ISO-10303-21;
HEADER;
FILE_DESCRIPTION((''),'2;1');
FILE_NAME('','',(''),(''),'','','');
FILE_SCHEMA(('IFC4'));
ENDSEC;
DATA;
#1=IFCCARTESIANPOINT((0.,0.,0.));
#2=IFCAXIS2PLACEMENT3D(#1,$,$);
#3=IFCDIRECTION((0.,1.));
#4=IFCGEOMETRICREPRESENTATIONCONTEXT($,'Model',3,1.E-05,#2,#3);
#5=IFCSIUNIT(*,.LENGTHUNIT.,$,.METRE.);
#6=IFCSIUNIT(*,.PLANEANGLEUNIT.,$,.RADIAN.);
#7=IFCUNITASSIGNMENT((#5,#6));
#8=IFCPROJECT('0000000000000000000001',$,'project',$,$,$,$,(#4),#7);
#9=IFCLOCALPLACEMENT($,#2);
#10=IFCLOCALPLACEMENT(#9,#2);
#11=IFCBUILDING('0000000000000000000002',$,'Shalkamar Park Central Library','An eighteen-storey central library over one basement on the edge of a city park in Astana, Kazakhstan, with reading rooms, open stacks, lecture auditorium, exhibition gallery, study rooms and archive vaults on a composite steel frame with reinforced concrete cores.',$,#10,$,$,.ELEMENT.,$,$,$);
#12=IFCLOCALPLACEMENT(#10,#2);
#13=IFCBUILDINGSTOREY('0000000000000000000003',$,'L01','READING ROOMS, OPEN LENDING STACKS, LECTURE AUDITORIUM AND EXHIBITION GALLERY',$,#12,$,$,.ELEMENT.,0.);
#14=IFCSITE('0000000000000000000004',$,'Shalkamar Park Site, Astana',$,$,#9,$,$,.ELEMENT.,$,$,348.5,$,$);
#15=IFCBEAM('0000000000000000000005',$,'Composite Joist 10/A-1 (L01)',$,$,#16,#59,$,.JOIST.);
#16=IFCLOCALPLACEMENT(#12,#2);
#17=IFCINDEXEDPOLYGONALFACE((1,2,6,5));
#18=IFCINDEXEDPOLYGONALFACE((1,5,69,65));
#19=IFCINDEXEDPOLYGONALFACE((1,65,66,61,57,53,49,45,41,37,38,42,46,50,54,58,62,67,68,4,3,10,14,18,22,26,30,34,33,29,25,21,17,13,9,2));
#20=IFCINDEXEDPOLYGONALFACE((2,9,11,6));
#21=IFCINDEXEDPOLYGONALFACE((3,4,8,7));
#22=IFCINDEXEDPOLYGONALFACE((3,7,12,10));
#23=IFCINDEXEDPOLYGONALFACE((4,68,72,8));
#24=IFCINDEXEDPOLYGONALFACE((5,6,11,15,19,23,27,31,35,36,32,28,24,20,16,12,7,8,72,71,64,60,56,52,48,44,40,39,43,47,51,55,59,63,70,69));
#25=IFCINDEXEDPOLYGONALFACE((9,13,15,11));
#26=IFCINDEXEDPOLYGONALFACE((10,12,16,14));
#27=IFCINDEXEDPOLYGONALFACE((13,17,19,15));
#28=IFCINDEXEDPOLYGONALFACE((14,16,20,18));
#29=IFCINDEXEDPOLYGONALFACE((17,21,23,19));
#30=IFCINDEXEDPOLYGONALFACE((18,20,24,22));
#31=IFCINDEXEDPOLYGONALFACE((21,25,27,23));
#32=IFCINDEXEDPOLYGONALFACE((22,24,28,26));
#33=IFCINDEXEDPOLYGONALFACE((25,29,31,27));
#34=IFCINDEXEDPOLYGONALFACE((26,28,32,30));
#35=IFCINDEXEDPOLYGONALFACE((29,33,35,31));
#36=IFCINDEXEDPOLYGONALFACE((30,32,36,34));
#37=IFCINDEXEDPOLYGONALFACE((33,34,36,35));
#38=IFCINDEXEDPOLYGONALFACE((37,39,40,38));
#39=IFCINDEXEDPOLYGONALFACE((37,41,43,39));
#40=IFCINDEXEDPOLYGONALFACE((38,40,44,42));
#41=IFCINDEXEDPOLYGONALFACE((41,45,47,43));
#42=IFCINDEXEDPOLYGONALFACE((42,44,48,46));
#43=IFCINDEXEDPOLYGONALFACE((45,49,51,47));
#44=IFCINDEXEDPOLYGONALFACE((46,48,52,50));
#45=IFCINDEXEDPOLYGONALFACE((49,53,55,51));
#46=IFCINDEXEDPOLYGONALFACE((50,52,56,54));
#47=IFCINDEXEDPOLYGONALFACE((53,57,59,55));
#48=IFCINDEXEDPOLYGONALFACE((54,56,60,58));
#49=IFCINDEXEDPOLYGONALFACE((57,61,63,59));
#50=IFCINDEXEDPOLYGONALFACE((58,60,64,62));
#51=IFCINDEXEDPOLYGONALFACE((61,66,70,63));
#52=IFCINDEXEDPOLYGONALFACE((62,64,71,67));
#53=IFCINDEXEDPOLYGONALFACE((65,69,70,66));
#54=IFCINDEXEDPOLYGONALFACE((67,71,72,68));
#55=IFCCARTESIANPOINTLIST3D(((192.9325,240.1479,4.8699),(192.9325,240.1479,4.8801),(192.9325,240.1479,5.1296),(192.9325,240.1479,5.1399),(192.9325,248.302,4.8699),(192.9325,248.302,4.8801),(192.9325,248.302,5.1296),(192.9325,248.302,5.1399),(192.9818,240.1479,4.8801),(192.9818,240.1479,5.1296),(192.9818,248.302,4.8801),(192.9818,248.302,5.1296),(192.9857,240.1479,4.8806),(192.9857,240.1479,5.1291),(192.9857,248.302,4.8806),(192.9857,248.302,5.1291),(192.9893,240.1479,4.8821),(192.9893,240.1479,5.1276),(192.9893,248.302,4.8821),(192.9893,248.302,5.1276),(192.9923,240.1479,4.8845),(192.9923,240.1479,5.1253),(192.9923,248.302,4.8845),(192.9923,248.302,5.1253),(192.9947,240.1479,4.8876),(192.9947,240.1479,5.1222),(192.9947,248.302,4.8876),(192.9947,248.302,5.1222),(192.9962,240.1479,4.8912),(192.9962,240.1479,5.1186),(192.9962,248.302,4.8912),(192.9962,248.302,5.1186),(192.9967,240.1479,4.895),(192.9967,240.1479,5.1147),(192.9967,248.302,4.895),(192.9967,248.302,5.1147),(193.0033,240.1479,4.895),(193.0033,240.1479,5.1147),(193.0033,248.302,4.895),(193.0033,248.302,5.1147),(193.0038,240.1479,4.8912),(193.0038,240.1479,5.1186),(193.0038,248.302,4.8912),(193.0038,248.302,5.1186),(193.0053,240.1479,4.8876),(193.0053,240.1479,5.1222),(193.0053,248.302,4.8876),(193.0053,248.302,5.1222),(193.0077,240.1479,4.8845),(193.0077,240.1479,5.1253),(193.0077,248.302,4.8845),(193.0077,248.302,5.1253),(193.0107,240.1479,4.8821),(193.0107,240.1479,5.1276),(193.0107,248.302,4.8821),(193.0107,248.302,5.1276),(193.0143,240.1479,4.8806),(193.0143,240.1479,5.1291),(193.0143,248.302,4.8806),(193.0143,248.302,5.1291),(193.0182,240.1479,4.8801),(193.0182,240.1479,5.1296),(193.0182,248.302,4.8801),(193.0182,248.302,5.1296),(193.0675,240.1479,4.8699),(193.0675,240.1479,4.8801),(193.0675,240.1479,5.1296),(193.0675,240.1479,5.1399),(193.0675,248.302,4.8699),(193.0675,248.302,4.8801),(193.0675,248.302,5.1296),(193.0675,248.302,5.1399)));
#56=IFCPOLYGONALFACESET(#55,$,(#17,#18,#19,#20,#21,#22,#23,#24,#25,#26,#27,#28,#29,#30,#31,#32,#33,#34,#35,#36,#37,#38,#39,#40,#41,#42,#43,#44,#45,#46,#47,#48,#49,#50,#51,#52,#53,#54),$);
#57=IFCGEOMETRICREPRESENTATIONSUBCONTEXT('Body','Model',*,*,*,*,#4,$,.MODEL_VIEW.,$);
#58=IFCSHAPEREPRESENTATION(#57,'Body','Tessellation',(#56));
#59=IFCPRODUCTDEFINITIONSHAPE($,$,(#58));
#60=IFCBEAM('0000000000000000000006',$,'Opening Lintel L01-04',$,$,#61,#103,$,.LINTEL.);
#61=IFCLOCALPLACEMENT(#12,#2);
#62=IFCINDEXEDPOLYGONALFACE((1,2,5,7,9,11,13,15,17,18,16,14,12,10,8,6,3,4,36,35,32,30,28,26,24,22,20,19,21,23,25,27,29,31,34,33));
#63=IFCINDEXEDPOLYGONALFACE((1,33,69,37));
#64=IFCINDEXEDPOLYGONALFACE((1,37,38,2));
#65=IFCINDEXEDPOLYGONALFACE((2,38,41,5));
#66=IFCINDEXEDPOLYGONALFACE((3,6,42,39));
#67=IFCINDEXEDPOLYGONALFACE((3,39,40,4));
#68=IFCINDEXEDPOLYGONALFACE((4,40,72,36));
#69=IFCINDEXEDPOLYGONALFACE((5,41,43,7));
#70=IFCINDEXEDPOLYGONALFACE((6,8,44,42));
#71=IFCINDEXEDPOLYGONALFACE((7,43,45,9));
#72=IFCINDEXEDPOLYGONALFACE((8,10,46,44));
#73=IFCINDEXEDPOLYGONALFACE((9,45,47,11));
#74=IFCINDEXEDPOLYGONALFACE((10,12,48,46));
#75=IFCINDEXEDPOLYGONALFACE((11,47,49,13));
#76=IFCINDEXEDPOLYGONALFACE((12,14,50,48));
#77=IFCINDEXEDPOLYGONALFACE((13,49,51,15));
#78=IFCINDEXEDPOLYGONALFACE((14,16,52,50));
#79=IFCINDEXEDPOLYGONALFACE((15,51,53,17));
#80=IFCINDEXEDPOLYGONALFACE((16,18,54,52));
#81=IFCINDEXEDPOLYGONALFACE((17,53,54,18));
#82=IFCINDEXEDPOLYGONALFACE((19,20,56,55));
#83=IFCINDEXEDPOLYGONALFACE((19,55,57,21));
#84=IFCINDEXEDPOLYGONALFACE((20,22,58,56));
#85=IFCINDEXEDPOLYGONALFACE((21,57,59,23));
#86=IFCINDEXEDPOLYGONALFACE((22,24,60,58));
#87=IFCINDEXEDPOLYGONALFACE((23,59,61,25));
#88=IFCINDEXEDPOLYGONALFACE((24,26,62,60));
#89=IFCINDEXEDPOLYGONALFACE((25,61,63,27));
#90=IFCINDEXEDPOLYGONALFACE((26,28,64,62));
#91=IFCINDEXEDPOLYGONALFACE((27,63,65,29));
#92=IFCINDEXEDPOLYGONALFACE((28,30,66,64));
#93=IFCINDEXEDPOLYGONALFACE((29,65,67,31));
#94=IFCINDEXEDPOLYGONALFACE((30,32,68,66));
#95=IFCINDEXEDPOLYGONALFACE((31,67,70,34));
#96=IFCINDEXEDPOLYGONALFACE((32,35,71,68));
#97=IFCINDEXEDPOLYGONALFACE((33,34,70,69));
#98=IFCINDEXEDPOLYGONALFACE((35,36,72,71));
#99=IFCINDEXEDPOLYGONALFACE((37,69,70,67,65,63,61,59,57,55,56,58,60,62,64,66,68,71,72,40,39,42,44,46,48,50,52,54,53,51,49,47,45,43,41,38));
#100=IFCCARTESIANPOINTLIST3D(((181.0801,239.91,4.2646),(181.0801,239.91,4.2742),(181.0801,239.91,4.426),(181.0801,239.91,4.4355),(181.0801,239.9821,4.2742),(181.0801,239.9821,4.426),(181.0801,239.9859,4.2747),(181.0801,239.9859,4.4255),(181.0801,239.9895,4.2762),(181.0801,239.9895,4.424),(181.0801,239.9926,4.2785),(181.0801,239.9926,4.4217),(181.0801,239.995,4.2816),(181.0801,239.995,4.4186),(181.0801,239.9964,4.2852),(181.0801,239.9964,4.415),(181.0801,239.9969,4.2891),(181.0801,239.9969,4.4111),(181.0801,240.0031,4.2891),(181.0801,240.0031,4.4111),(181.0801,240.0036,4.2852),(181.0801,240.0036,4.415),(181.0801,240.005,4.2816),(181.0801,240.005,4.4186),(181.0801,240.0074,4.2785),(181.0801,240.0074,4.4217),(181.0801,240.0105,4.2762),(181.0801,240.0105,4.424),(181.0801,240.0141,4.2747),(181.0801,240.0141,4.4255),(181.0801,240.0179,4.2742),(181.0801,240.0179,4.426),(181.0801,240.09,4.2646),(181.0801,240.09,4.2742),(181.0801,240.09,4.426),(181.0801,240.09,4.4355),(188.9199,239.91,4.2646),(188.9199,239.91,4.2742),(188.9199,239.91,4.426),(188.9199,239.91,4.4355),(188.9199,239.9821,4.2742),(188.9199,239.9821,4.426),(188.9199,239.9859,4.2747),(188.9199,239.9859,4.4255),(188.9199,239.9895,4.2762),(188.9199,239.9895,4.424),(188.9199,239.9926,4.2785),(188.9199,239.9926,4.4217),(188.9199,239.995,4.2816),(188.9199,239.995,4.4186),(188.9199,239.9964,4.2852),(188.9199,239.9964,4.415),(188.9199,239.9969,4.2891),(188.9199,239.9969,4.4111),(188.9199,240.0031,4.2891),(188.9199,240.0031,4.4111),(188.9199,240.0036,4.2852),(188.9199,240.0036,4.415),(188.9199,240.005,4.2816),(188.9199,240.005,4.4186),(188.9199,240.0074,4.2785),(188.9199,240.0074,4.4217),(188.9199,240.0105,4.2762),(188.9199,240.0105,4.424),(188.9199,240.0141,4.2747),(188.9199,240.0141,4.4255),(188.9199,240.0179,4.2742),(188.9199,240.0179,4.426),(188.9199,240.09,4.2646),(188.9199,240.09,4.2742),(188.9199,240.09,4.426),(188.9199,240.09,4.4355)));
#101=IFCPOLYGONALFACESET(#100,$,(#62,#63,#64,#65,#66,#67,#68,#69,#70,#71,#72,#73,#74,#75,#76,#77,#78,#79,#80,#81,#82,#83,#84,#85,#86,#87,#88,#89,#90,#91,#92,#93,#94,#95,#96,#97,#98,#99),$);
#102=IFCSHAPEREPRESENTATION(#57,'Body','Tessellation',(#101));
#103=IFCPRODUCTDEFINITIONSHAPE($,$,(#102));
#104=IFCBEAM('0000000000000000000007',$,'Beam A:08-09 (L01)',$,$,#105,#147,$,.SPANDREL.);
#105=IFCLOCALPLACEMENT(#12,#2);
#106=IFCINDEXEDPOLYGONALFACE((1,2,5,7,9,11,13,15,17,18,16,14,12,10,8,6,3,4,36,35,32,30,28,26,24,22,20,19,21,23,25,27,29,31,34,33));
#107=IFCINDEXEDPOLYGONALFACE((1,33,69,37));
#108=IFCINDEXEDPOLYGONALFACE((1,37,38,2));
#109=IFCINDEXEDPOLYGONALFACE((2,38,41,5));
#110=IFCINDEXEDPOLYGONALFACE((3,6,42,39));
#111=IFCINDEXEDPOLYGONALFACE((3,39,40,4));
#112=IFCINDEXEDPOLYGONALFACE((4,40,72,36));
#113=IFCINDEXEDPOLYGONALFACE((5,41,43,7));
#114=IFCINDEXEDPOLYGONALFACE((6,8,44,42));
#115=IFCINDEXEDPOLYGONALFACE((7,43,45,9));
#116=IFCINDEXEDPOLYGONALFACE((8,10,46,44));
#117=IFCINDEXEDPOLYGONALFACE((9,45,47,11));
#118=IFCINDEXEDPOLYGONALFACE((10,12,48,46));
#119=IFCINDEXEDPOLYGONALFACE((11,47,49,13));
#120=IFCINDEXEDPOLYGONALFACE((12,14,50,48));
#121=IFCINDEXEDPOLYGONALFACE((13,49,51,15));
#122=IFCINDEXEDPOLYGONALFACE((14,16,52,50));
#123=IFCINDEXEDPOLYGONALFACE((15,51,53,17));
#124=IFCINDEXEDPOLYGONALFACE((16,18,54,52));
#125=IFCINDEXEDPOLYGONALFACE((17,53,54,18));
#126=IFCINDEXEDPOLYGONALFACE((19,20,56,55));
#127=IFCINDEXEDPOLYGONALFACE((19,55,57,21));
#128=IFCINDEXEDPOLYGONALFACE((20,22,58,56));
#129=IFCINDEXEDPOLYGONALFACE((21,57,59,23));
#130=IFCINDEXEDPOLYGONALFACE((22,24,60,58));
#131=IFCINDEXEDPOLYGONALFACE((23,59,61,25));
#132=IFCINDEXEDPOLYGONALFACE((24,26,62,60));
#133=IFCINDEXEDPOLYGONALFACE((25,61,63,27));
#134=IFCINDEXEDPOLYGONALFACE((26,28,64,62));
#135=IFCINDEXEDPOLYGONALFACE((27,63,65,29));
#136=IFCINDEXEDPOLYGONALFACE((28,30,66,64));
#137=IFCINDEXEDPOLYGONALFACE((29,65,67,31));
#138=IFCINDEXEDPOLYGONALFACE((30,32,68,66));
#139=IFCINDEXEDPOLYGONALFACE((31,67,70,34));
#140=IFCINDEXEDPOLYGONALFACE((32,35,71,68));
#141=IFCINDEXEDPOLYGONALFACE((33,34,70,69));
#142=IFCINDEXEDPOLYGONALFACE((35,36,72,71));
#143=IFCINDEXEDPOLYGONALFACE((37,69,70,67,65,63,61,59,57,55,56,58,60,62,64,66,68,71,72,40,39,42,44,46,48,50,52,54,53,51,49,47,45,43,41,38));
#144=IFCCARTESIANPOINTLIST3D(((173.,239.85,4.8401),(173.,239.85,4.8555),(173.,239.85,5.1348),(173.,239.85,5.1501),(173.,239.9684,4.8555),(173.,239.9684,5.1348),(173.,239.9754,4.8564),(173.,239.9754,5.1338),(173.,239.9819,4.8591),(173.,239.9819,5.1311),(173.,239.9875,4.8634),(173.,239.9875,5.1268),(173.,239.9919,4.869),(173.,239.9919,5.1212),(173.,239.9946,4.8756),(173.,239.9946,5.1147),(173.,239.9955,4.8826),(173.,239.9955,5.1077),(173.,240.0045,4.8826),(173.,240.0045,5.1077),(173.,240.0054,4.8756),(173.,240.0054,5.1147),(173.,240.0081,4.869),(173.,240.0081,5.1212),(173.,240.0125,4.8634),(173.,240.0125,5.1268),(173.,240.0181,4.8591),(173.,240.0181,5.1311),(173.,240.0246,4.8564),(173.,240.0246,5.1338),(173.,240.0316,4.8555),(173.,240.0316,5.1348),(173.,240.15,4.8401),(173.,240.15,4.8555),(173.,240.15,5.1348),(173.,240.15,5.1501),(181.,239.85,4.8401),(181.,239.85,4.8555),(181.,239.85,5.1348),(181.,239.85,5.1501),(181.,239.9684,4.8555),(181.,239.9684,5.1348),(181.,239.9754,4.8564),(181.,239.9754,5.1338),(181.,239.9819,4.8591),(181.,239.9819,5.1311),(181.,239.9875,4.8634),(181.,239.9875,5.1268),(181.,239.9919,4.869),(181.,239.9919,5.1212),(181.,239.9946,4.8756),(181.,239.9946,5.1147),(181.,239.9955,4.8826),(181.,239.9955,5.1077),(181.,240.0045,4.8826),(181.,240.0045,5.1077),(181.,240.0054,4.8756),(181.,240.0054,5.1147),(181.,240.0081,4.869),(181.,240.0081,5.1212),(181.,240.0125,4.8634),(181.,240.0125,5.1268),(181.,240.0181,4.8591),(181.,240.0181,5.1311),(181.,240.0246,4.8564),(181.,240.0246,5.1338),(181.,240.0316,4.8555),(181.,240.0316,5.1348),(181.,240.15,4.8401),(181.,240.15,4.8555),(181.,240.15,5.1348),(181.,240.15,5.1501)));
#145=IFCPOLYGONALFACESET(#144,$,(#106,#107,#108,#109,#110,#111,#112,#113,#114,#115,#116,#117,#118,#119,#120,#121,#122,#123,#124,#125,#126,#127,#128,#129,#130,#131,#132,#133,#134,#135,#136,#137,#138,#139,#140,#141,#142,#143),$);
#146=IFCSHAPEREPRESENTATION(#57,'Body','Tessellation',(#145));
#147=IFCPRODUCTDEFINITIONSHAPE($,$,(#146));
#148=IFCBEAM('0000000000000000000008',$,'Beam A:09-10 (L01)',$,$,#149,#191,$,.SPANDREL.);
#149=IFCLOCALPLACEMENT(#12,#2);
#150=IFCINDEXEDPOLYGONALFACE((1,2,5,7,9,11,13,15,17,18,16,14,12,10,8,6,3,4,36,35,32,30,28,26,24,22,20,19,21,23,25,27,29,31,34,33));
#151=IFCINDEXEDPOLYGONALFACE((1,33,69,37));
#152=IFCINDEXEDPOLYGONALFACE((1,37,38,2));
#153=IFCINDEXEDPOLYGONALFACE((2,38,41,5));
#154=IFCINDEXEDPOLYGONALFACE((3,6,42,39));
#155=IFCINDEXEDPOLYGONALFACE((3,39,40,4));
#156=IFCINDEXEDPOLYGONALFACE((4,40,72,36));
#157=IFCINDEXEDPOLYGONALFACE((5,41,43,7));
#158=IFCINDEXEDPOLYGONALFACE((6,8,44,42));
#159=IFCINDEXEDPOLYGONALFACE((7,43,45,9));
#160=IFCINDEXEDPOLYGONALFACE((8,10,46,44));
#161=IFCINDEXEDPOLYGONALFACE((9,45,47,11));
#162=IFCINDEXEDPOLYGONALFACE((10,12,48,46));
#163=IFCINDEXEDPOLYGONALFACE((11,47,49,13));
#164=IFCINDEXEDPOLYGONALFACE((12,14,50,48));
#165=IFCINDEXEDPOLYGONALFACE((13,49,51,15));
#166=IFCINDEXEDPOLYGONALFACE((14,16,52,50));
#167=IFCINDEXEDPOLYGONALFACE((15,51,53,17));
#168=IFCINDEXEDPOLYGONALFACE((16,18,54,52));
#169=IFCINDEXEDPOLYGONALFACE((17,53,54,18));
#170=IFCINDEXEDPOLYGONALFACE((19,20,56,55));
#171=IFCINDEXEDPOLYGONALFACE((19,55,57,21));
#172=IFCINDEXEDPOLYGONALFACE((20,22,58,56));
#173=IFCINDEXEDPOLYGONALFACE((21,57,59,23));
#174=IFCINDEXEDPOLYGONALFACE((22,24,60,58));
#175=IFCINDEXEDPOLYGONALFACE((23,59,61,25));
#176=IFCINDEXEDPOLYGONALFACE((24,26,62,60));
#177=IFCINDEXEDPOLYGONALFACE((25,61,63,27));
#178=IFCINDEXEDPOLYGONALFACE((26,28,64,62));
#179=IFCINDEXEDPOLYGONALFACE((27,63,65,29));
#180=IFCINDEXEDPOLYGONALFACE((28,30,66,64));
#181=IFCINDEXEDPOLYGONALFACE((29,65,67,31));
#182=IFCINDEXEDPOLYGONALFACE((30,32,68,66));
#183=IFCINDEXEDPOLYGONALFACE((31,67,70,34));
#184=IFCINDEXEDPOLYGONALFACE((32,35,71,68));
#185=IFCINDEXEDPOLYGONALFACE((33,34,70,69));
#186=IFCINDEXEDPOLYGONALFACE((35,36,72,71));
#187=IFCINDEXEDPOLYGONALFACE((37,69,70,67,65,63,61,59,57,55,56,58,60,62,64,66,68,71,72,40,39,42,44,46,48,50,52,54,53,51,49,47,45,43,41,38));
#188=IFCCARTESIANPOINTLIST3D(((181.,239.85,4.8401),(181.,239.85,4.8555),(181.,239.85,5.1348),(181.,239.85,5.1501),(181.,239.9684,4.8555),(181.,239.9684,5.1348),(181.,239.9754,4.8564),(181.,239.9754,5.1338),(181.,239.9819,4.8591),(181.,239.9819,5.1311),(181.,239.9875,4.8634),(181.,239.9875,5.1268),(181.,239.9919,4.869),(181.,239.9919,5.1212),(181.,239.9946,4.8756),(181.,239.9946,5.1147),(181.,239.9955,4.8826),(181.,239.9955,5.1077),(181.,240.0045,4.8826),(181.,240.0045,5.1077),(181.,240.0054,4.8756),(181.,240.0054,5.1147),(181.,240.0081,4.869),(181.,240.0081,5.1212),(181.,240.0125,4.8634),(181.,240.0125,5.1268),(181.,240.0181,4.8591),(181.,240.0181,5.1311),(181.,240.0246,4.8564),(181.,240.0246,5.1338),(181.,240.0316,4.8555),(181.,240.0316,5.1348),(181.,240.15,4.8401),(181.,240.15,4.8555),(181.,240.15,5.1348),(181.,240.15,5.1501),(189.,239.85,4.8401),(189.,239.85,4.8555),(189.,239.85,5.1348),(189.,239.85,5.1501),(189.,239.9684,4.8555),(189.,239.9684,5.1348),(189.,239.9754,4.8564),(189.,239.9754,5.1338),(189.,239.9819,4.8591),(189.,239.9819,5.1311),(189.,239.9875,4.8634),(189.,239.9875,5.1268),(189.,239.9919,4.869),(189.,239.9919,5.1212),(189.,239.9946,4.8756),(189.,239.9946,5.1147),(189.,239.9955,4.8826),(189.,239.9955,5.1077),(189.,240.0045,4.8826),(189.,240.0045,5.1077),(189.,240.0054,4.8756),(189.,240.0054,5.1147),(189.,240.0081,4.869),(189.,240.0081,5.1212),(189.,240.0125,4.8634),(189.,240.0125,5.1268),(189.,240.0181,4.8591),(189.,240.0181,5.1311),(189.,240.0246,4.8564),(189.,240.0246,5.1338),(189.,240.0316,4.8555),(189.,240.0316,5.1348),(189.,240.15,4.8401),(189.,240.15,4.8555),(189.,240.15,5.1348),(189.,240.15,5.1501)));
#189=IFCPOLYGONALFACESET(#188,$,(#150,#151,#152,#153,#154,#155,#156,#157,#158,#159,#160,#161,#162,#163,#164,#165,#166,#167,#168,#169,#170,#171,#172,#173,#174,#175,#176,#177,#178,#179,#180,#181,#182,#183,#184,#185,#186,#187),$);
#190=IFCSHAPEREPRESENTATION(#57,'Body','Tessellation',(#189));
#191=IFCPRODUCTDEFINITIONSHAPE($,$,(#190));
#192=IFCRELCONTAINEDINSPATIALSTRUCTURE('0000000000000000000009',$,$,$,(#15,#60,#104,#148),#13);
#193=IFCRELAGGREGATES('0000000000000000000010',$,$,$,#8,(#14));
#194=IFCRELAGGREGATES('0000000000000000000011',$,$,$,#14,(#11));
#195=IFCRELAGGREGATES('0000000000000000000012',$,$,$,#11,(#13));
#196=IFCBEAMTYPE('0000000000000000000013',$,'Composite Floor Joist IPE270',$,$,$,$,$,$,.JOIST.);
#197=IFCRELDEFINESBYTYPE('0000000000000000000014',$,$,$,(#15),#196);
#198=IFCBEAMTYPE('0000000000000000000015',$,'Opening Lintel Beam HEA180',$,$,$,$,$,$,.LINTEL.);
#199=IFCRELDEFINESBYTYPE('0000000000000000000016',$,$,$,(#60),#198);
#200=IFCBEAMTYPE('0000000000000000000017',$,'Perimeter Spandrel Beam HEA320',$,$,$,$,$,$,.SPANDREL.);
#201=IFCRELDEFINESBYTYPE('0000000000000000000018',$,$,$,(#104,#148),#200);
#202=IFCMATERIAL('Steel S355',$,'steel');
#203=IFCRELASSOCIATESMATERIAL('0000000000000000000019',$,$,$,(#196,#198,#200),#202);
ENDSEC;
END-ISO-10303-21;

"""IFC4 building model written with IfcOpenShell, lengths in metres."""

from ifc_helpers import new_model, si_unit, direction, frame, origin, origin_2d, place, context, subcontext, project, spatial, i_section, extrude, material, material_profile, profile_set, type_object, element, save


model = new_model("IFC4")

# Units and contexts
model_context = context("Model", 3, precision=1e-05, world=origin(), true_north=direction((0.0, 1.0)))
body_context = subcontext(model_context, "Body", "Model", "MODEL_VIEW")
ifc_project = project(units=[si_unit("LENGTHUNIT", "METRE"), si_unit("PLANEANGLEUNIT", "RADIAN")], contexts=[model_context])

# Site, building, storey
site_placement = place(None, origin())
site = spatial("IfcSite", under=ifc_project, at=site_placement, Name="Shalkamar Park Site, Astana", CompositionType="ELEMENT", RefElevation=348.5)
building_placement = place(site_placement, origin())
building = spatial("IfcBuilding", under=site, at=building_placement, Name="Shalkamar Park Central Library", Description="An eighteen-storey central library over one basement on the edge of a city park in Astana, Kazakhstan, with reading rooms, open stacks, lecture auditorium, exhibition gallery, study rooms and archive vaults on a composite steel frame with reinforced concrete cores.", CompositionType="ELEMENT")
storey_placement = place(building_placement, origin())
storey = spatial("IfcBuildingStorey", under=building, at=storey_placement, Name="L01", Description="READING ROOMS, OPEN LENDING STACKS, LECTURE AUDITORIUM AND EXHIBITION GALLERY", CompositionType="ELEMENT", Elevation=0.0)

# Shared definitions
ifc_material_1 = material(Name="Steel S355", Category="steel")

# Beams
ifc_material_profile_1 = material_profile(ifc_material_1, i_section(OverallWidth=0.135, OverallDepth=0.27, WebThickness=0.0066, FlangeThickness=0.0103, FilletRadius=0.0149, at=origin_2d()), Name="IPE 270")
ifc_profile_set_1 = profile_set([ifc_material_profile_1], Name="Steel S355")
beam_type_1 = type_object("IfcBeamType", Name="Composite Floor Joist IPE270", PredefinedType="JOIST", material=ifc_profile_set_1)
for number, where, z_axis, x_axis, name in (
    (1, (193.0, 240.1479, 5.0049), (0.0, 1.0, 0.0), (-1.0, 0.0, 0.0), "Composite Joist 10/A-1 (L01)"),
):
    element("IfcBeam", number, at=place(storey_placement, frame(where, z_axis=z_axis, x_axis=x_axis)), inside=storey, type_object=beam_type_1, Name=name, PredefinedType="JOIST", context=body_context, shape_type="SweptSolid", body=[
        extrude(i_section(OverallWidth=0.135, OverallDepth=0.27, WebThickness=0.0066, FlangeThickness=0.0103, FilletRadius=0.0149, at=origin_2d()), origin(), (0.0, 0.0, 1.0), 8.1541),
    ])
ifc_material_profile_2 = material_profile(ifc_material_1, i_section(OverallWidth=0.1799, OverallDepth=0.1709, WebThickness=0.0061, FlangeThickness=0.0095, FilletRadius=0.0149, at=origin_2d()), Name="HEA 180")
ifc_profile_set_2 = profile_set([ifc_material_profile_2], Name="Steel S355")
beam_type_2 = type_object("IfcBeamType", Name="Opening Lintel Beam HEA180", PredefinedType="LINTEL", material=ifc_profile_set_2)
beam_placement = place(storey_placement, frame((181.0801, 240.0, 4.3501), z_axis=(1.0, 0.0, 0.0), x_axis=(0.0, 1.0, 0.0)))
element("IfcBeam", 2, at=beam_placement, inside=storey, type_object=beam_type_2, Name="Opening Lintel L01-04", PredefinedType="LINTEL", context=body_context, shape_type="SweptSolid", body=[
    extrude(i_section(OverallWidth=0.1799, OverallDepth=0.1709, WebThickness=0.0061, FlangeThickness=0.0095, FilletRadius=0.0149, at=origin_2d()), origin(), (0.0, 0.0, 1.0), 7.8398),
])
ifc_material_profile_3 = material_profile(ifc_material_1, i_section(OverallWidth=0.3, OverallDepth=0.3101, WebThickness=0.009, FlangeThickness=0.0154, FilletRadius=0.0271, at=origin_2d()), Name="HEA 320")
ifc_profile_set_3 = profile_set([ifc_material_profile_3], Name="Steel S355")
beam_type_3 = type_object("IfcBeamType", Name="Perimeter Spandrel Beam HEA320", PredefinedType="SPANDREL", material=ifc_profile_set_3)
for number, where, z_axis, x_axis, name in (
    (3, (173.0, 240.0, 4.9951), (1.0, 0.0, 0.0), (0.0, 1.0, 0.0), "Beam A:08-09 (L01)"),
    (4, (181.0, 240.0, 4.9951), (1.0, 0.0, 0.0), (0.0, 1.0, 0.0), "Beam A:09-10 (L01)"),
):
    element("IfcBeam", number, at=place(storey_placement, frame(where, z_axis=z_axis, x_axis=x_axis)), inside=storey, type_object=beam_type_3, Name=name, PredefinedType="SPANDREL", context=body_context, shape_type="SweptSolid", body=[
        extrude(i_section(OverallWidth=0.3, OverallDepth=0.3101, WebThickness=0.009, FlangeThickness=0.0154, FilletRadius=0.0271, at=origin_2d()), origin(), (0.0, 0.0, 1.0), 8.0),
    ])

save(model, "model.ifc")
